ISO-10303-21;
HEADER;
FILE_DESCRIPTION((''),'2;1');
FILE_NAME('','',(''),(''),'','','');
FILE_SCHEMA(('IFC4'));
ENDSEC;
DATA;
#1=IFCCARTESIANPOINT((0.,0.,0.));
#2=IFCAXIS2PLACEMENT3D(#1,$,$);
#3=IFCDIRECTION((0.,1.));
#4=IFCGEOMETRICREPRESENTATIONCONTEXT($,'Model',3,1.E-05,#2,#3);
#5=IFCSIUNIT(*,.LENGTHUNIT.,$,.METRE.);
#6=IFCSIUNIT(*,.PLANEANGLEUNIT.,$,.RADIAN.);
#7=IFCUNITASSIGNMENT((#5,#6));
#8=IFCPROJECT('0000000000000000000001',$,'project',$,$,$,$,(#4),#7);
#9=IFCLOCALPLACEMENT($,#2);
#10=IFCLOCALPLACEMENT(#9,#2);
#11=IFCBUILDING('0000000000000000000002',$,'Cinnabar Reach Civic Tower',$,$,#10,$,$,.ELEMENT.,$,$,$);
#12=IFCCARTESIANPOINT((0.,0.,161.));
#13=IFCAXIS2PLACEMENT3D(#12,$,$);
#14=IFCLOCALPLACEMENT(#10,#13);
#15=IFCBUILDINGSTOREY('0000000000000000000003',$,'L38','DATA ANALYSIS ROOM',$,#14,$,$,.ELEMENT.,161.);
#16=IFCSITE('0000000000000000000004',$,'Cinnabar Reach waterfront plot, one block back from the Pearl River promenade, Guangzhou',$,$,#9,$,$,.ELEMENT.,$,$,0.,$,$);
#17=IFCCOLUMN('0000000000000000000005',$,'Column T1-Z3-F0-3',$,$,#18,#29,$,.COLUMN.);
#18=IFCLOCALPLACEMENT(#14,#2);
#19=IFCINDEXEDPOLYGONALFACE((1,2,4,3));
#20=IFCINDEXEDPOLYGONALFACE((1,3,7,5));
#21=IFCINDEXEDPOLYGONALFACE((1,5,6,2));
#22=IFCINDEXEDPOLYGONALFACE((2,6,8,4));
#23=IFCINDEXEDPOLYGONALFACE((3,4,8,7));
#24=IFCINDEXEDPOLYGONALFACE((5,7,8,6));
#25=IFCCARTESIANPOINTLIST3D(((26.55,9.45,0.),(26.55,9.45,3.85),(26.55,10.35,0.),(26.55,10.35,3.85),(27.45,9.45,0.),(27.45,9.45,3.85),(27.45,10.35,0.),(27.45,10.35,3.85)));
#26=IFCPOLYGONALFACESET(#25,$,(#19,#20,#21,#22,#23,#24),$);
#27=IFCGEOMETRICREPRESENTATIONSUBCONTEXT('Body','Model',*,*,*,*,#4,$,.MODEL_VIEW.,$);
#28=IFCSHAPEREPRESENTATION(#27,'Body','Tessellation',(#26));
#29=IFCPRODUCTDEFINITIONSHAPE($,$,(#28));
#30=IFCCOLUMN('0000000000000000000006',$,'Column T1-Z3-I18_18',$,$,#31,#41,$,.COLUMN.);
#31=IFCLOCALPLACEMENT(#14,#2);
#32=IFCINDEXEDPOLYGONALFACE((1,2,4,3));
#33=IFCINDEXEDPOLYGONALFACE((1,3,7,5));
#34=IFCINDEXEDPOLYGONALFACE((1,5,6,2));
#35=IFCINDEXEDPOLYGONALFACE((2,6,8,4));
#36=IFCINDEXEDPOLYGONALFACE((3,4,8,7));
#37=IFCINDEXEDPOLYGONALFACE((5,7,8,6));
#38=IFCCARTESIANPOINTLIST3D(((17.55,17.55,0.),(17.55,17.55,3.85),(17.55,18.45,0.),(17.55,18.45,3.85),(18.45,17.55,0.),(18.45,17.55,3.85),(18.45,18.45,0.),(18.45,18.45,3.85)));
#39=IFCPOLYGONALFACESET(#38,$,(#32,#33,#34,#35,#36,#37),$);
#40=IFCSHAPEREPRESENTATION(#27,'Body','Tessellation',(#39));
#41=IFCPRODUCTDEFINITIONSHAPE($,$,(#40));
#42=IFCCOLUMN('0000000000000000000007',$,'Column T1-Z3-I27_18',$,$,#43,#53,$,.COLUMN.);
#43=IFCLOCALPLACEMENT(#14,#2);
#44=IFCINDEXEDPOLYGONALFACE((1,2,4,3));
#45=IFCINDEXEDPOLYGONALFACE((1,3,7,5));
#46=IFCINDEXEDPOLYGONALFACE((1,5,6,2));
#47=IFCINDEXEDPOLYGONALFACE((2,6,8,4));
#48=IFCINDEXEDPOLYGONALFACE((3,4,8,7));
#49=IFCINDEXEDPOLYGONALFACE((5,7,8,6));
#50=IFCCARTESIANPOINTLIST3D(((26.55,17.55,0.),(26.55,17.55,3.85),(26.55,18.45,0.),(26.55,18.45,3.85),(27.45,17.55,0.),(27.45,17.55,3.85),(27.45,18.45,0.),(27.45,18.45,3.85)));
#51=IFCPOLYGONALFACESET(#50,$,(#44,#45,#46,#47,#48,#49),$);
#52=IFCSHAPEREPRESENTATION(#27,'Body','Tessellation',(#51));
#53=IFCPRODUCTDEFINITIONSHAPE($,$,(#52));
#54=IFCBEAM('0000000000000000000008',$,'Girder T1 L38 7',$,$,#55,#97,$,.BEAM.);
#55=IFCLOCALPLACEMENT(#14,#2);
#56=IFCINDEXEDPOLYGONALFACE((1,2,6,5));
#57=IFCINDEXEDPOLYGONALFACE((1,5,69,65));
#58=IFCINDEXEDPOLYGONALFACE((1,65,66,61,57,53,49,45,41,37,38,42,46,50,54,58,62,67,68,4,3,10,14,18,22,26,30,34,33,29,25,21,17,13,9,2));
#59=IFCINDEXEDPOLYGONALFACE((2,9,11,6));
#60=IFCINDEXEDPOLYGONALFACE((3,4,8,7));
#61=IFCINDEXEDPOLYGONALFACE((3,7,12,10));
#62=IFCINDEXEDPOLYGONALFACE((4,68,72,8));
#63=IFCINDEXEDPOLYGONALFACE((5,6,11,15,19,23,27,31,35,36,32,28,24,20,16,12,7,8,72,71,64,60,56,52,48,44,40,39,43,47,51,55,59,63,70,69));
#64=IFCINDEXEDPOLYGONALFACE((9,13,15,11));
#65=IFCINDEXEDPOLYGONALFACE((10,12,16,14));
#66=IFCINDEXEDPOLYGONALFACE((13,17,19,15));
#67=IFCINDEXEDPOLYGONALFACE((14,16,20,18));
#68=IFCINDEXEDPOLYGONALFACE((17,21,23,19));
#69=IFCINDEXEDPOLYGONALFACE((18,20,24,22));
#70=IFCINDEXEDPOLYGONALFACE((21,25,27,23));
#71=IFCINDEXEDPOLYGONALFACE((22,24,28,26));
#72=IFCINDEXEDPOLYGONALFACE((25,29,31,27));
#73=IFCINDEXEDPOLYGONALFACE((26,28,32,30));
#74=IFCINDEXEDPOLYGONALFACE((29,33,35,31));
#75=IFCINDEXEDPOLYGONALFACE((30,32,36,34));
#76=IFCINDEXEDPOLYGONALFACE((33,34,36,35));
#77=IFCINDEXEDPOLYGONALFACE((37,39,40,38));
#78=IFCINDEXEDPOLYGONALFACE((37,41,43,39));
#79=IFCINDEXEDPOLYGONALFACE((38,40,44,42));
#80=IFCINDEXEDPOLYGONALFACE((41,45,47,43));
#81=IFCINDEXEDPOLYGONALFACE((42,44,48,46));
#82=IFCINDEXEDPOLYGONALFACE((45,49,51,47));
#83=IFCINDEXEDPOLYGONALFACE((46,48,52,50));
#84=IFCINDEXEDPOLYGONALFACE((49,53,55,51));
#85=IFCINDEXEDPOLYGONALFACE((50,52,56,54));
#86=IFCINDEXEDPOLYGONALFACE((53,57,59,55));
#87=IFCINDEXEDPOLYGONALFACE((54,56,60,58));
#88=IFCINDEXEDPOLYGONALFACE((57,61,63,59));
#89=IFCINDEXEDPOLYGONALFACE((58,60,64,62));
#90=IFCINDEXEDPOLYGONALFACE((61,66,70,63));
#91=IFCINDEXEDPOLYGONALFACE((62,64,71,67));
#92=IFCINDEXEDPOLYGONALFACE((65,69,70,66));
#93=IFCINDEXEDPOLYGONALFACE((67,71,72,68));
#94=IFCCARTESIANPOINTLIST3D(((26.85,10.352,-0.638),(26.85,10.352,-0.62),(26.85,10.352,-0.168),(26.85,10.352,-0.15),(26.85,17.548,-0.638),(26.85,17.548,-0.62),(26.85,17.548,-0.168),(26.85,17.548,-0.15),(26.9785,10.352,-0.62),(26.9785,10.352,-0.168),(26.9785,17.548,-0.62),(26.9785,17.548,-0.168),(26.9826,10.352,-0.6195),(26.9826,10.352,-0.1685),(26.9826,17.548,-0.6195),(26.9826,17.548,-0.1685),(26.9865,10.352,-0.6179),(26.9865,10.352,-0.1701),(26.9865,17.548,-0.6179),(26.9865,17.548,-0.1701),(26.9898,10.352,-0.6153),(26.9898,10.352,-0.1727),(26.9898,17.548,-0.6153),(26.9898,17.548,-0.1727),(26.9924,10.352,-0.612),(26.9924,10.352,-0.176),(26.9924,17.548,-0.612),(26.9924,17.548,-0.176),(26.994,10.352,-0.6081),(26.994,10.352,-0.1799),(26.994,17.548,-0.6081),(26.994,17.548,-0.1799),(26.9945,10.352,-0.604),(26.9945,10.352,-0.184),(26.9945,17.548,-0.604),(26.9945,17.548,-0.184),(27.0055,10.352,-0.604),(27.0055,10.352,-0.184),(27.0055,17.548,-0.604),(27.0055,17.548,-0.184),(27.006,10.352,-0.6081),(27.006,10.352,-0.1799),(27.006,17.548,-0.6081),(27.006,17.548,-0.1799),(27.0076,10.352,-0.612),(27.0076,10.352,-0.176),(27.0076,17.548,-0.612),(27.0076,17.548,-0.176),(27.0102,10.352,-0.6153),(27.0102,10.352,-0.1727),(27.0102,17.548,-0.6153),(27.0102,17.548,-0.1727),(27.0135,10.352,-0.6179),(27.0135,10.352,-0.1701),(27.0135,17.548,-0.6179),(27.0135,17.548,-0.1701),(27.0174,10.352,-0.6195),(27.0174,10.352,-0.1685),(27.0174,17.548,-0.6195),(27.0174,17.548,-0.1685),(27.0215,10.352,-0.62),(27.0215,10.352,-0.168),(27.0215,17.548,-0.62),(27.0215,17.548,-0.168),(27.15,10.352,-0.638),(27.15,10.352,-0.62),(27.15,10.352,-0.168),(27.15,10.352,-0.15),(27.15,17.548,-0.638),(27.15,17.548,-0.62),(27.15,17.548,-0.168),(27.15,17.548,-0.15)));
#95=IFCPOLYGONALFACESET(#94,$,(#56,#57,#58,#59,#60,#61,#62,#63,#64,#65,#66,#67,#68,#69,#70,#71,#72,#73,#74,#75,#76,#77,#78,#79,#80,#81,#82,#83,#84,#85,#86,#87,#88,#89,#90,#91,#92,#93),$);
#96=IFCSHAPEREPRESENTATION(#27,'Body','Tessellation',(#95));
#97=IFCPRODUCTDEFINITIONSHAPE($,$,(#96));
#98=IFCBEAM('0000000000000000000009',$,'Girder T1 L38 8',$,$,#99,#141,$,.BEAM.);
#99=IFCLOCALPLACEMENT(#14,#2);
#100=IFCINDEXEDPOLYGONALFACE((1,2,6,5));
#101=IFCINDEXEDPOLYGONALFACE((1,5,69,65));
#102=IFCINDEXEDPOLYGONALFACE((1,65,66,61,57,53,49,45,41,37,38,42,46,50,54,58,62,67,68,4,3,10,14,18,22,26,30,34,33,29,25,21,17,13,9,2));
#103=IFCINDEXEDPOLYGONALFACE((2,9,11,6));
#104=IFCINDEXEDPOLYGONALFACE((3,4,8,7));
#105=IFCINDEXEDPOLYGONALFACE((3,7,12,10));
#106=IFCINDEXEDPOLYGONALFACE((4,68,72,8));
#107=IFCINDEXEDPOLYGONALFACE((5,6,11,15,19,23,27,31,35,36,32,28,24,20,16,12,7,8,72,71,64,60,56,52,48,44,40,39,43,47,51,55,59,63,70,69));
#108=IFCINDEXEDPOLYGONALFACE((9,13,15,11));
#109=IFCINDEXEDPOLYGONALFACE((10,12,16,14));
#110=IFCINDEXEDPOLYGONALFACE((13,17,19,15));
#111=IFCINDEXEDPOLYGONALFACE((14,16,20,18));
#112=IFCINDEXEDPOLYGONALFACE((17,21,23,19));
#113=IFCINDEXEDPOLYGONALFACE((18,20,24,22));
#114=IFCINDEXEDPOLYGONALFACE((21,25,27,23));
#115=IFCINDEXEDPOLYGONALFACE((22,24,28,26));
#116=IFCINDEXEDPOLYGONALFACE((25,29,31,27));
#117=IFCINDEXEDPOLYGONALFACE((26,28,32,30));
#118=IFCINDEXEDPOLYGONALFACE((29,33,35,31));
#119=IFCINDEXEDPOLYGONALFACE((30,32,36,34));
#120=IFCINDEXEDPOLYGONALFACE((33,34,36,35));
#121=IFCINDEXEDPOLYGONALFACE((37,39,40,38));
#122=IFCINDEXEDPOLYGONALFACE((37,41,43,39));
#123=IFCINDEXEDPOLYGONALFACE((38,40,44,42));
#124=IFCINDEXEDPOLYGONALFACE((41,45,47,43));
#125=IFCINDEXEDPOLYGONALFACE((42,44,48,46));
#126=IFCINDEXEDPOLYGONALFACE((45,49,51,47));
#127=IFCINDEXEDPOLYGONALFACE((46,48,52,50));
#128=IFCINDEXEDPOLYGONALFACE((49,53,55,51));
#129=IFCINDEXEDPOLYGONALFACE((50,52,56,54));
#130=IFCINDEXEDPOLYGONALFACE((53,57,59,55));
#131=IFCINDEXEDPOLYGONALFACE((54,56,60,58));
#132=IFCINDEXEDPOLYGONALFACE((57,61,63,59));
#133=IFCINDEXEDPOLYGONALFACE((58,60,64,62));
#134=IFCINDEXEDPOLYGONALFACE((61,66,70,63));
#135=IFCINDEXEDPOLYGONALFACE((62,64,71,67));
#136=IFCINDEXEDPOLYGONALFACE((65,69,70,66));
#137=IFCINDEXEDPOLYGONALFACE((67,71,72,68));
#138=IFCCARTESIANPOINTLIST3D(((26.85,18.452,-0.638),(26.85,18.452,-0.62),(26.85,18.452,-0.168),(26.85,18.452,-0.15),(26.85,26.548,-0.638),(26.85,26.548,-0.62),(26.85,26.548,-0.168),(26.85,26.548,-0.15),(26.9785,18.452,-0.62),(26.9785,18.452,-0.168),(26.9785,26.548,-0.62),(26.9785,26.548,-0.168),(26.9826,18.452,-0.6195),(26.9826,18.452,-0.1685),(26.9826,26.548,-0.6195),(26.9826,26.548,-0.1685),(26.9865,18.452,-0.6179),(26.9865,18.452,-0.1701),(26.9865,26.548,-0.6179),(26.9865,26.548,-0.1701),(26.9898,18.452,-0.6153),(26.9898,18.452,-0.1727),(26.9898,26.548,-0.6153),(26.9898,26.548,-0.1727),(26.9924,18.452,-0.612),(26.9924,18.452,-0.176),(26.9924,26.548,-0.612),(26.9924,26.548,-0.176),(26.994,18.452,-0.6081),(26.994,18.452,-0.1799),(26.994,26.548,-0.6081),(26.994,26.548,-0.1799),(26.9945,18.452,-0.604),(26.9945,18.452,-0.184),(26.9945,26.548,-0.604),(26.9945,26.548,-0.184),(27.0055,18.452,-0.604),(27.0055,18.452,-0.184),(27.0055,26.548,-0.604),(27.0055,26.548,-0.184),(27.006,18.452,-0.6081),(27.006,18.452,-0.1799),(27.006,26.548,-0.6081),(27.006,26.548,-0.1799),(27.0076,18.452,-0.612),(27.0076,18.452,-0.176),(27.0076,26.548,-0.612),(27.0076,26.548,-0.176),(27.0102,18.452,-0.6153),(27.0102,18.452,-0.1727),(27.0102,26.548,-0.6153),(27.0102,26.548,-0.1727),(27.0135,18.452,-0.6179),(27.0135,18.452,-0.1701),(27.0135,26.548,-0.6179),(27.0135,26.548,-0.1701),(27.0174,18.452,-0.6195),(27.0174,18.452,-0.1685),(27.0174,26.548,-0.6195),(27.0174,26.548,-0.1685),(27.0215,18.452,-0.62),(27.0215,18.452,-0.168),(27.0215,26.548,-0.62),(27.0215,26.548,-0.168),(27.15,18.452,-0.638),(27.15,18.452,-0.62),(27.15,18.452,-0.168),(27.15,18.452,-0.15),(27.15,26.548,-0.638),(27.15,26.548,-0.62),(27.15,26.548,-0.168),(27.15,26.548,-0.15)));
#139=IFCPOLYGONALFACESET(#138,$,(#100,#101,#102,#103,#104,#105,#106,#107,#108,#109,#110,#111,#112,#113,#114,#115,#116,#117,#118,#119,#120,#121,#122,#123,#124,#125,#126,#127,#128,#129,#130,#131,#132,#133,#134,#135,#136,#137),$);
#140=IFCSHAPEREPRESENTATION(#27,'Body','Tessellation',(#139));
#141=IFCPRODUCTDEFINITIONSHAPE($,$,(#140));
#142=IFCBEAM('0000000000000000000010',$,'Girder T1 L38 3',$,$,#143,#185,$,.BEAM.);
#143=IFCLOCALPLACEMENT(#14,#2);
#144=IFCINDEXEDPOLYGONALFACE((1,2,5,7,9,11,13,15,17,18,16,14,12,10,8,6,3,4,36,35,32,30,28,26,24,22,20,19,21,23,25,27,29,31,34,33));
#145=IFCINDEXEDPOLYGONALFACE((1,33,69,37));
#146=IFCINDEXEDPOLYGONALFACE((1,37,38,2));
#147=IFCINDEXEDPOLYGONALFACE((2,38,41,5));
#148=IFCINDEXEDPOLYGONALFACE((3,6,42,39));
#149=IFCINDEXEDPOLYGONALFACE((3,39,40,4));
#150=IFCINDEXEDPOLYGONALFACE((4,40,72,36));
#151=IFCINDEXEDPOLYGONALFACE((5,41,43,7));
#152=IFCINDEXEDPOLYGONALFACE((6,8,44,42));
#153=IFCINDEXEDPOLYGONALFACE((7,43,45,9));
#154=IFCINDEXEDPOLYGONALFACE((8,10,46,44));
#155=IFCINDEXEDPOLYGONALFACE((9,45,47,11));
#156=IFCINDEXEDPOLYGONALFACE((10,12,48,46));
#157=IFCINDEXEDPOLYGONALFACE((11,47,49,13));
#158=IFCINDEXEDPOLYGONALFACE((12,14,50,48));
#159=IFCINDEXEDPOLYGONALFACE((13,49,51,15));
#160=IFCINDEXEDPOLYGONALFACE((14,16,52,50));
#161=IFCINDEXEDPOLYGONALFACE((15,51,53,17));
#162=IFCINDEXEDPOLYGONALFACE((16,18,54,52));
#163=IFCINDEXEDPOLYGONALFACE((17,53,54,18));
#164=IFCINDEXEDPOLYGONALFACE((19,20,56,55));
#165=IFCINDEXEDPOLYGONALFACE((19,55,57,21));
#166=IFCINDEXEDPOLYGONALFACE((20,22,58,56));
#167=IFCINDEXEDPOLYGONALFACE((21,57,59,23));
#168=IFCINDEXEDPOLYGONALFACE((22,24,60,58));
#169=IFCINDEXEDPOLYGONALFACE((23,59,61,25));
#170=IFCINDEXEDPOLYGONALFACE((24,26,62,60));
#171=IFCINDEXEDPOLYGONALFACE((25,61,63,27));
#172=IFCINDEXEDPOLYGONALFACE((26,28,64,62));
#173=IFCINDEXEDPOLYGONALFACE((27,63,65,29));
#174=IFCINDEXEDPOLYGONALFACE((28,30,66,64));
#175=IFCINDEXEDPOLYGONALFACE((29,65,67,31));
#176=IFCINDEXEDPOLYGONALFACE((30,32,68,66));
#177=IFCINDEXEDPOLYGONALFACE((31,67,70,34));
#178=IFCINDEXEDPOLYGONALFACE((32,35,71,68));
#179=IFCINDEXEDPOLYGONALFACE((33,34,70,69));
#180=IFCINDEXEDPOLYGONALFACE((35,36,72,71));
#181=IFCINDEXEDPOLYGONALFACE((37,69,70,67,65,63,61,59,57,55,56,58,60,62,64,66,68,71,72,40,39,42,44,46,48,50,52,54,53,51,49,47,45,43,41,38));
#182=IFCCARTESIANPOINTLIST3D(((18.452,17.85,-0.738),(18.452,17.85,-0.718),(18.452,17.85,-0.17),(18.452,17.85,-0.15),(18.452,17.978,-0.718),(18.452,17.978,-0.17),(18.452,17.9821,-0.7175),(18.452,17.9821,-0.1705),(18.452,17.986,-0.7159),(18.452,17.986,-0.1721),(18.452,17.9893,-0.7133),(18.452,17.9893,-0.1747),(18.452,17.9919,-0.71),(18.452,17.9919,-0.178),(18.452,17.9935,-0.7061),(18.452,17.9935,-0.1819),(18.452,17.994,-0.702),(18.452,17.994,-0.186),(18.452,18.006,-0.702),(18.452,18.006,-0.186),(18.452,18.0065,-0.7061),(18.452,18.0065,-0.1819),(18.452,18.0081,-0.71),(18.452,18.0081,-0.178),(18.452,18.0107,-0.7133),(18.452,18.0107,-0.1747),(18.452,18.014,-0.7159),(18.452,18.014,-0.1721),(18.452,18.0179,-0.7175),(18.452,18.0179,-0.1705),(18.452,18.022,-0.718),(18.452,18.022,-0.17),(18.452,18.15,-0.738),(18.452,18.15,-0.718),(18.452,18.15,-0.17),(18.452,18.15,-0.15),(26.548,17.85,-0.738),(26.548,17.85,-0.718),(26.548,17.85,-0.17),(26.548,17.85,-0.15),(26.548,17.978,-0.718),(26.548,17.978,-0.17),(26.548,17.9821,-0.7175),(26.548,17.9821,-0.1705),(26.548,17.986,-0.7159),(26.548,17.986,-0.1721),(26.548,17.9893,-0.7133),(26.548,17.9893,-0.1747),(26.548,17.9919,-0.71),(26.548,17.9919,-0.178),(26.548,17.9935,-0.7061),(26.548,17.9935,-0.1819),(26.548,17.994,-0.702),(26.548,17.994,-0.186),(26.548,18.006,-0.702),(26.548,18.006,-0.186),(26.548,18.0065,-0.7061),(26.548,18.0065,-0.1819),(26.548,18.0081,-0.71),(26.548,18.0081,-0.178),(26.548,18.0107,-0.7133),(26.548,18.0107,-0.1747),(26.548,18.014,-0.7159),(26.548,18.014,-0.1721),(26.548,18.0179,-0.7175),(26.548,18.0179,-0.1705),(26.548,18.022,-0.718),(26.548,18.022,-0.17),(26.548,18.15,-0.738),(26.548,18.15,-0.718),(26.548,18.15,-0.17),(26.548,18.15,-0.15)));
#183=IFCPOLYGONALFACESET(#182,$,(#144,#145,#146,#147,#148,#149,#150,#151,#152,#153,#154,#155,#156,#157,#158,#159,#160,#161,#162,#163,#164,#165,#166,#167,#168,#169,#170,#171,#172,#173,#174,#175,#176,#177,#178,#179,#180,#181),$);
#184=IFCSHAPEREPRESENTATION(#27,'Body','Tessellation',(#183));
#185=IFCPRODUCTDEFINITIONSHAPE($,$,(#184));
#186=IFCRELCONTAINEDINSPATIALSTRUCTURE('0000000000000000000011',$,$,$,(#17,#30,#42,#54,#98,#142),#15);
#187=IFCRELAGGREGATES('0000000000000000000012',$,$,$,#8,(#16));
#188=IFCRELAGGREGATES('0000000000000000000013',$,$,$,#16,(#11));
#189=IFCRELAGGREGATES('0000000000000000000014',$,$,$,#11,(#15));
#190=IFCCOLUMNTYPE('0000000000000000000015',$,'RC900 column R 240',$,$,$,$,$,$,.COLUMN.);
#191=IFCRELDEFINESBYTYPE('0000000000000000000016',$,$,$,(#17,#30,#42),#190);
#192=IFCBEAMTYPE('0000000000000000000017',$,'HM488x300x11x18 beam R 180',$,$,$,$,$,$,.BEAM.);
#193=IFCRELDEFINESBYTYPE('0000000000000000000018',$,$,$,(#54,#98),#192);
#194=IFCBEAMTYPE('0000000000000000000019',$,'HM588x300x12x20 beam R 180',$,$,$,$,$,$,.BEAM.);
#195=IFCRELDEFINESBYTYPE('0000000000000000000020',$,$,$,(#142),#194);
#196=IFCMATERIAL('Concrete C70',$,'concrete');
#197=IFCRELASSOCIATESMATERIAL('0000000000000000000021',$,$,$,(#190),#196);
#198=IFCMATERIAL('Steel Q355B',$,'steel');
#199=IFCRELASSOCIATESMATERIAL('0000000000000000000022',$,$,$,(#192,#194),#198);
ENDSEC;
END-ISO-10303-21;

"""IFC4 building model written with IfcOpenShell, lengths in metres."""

from ifc_helpers import new_model, si_unit, direction, frame, origin, origin_2d, place, context, subcontext, project, spatial, rectangle, i_section, extrude, material, material_profile, profile_set, type_object, element, save


model = new_model("IFC4")

# Units and contexts
model_context = context("Model", 3, precision=1e-05, world=origin(), true_north=direction((0.0, 1.0)))
body_context = subcontext(model_context, "Body", "Model", "MODEL_VIEW")
ifc_project = project(units=[si_unit("LENGTHUNIT", "METRE"), si_unit("PLANEANGLEUNIT", "RADIAN")], contexts=[model_context])

# Site, building, storey
site_placement = place(None, origin())
site = spatial("IfcSite", under=ifc_project, at=site_placement, Name="Cinnabar Reach waterfront plot, one block back from the Pearl River promenade, Guangzhou", CompositionType="ELEMENT", RefElevation=0.0)
building_placement = place(site_placement, origin())
building = spatial("IfcBuilding", under=site, at=building_placement, Name="Cinnabar Reach Civic Tower", CompositionType="ELEMENT")
storey_placement = place(building_placement, frame((0.0, 0.0, 161.0)))
storey = spatial("IfcBuildingStorey", under=building, at=storey_placement, Name="L38", Description="DATA ANALYSIS ROOM", CompositionType="ELEMENT", Elevation=161.0)

# Columns
ifc_material_1 = material(Name="Concrete C70", Category="concrete")
ifc_material_profile_1 = material_profile(ifc_material_1, rectangle(XDim=0.9, YDim=0.9, at=origin_2d()), Name="RC900")
ifc_profile_set_1 = profile_set([ifc_material_profile_1], Name="Concrete C70")
column_type = type_object("IfcColumnType", Name="RC900 column R 240", PredefinedType="COLUMN", material=ifc_profile_set_1)
for number, where, z_axis, x_axis, name in (
    (1, (27.0, 9.9, 0.0), (0.0, 0.0, 1.0), (1.0, 0.0, 0.0), "Column T1-Z3-F0-3"),
    (2, (18.0, 18.0, 0.0), (0.0, 0.0, 1.0), (1.0, 0.0, 0.0), "Column T1-Z3-I18_18"),
    (3, (27.0, 18.0, 0.0), (0.0, 0.0, 1.0), (1.0, 0.0, 0.0), "Column T1-Z3-I27_18"),
):
    element("IfcColumn", number, at=place(storey_placement, frame(where, z_axis=z_axis, x_axis=x_axis)), inside=storey, type_object=column_type, Name=name, PredefinedType="COLUMN", context=body_context, shape_type="SweptSolid", body=[
        extrude(rectangle(XDim=0.9, YDim=0.9, at=origin_2d()), origin(), (0.0, 0.0, 1.0), 3.85),
    ])

# Beams
ifc_material_2 = material(Name="Steel Q355B", Category="steel")
ifc_material_profile_2 = material_profile(ifc_material_2, i_section(OverallWidth=0.3, OverallDepth=0.488, WebThickness=0.011, FlangeThickness=0.018, FilletRadius=0.016, at=origin_2d()), Name="HM488x300x11x18")
ifc_profile_set_2 = profile_set([ifc_material_profile_2], Name="Steel Q355B")
beam_type_1 = type_object("IfcBeamType", Name="HM488x300x11x18 beam R 180", PredefinedType="BEAM", material=ifc_profile_set_2)
beam_1_placement = place(storey_placement, frame((27.0, 10.352, -0.394), z_axis=(0.0, 1.0, 0.0), x_axis=(-1.0, 0.0, 0.0)))
element("IfcBeam", 4, at=beam_1_placement, inside=storey, type_object=beam_type_1, Name="Girder T1 L38 7", PredefinedType="BEAM", context=body_context, shape_type="SweptSolid", body=[
    extrude(i_section(OverallWidth=0.3, OverallDepth=0.488, WebThickness=0.011, FlangeThickness=0.018, FilletRadius=0.016, at=origin_2d()), origin(), (0.0, 0.0, 1.0), 7.196),
])
beam_2_placement = place(storey_placement, frame((27.0, 18.452, -0.394), z_axis=(0.0, 1.0, 0.0), x_axis=(-1.0, 0.0, 0.0)))
element("IfcBeam", 5, at=beam_2_placement, inside=storey, type_object=beam_type_1, Name="Girder T1 L38 8", PredefinedType="BEAM", context=body_context, shape_type="SweptSolid", body=[
    extrude(i_section(OverallWidth=0.3, OverallDepth=0.488, WebThickness=0.011, FlangeThickness=0.018, FilletRadius=0.016, at=origin_2d()), origin(), (0.0, 0.0, 1.0), 8.096),
])
ifc_material_profile_3 = material_profile(ifc_material_2, i_section(OverallWidth=0.3, OverallDepth=0.588, WebThickness=0.012, FlangeThickness=0.02, FilletRadius=0.016, at=origin_2d()), Name="HM588x300x12x20")
ifc_profile_set_3 = profile_set([ifc_material_profile_3], Name="Steel Q355B")
beam_type_2 = type_object("IfcBeamType", Name="HM588x300x12x20 beam R 180", PredefinedType="BEAM", material=ifc_profile_set_3)
for number, where, z_axis, x_axis, name in (
    (6, (18.452, 18.0, -0.444), (1.0, 0.0, 0.0), (0.0, 1.0, 0.0), "Girder T1 L38 3"),
):
    element("IfcBeam", number, at=place(storey_placement, frame(where, z_axis=z_axis, x_axis=x_axis)), inside=storey, type_object=beam_type_2, Name=name, PredefinedType="BEAM", context=body_context, shape_type="SweptSolid", body=[
        extrude(i_section(OverallWidth=0.3, OverallDepth=0.588, WebThickness=0.012, FlangeThickness=0.02, FilletRadius=0.016, at=origin_2d()), origin(), (0.0, 0.0, 1.0), 8.096),
    ])

save(model, "model.ifc")
